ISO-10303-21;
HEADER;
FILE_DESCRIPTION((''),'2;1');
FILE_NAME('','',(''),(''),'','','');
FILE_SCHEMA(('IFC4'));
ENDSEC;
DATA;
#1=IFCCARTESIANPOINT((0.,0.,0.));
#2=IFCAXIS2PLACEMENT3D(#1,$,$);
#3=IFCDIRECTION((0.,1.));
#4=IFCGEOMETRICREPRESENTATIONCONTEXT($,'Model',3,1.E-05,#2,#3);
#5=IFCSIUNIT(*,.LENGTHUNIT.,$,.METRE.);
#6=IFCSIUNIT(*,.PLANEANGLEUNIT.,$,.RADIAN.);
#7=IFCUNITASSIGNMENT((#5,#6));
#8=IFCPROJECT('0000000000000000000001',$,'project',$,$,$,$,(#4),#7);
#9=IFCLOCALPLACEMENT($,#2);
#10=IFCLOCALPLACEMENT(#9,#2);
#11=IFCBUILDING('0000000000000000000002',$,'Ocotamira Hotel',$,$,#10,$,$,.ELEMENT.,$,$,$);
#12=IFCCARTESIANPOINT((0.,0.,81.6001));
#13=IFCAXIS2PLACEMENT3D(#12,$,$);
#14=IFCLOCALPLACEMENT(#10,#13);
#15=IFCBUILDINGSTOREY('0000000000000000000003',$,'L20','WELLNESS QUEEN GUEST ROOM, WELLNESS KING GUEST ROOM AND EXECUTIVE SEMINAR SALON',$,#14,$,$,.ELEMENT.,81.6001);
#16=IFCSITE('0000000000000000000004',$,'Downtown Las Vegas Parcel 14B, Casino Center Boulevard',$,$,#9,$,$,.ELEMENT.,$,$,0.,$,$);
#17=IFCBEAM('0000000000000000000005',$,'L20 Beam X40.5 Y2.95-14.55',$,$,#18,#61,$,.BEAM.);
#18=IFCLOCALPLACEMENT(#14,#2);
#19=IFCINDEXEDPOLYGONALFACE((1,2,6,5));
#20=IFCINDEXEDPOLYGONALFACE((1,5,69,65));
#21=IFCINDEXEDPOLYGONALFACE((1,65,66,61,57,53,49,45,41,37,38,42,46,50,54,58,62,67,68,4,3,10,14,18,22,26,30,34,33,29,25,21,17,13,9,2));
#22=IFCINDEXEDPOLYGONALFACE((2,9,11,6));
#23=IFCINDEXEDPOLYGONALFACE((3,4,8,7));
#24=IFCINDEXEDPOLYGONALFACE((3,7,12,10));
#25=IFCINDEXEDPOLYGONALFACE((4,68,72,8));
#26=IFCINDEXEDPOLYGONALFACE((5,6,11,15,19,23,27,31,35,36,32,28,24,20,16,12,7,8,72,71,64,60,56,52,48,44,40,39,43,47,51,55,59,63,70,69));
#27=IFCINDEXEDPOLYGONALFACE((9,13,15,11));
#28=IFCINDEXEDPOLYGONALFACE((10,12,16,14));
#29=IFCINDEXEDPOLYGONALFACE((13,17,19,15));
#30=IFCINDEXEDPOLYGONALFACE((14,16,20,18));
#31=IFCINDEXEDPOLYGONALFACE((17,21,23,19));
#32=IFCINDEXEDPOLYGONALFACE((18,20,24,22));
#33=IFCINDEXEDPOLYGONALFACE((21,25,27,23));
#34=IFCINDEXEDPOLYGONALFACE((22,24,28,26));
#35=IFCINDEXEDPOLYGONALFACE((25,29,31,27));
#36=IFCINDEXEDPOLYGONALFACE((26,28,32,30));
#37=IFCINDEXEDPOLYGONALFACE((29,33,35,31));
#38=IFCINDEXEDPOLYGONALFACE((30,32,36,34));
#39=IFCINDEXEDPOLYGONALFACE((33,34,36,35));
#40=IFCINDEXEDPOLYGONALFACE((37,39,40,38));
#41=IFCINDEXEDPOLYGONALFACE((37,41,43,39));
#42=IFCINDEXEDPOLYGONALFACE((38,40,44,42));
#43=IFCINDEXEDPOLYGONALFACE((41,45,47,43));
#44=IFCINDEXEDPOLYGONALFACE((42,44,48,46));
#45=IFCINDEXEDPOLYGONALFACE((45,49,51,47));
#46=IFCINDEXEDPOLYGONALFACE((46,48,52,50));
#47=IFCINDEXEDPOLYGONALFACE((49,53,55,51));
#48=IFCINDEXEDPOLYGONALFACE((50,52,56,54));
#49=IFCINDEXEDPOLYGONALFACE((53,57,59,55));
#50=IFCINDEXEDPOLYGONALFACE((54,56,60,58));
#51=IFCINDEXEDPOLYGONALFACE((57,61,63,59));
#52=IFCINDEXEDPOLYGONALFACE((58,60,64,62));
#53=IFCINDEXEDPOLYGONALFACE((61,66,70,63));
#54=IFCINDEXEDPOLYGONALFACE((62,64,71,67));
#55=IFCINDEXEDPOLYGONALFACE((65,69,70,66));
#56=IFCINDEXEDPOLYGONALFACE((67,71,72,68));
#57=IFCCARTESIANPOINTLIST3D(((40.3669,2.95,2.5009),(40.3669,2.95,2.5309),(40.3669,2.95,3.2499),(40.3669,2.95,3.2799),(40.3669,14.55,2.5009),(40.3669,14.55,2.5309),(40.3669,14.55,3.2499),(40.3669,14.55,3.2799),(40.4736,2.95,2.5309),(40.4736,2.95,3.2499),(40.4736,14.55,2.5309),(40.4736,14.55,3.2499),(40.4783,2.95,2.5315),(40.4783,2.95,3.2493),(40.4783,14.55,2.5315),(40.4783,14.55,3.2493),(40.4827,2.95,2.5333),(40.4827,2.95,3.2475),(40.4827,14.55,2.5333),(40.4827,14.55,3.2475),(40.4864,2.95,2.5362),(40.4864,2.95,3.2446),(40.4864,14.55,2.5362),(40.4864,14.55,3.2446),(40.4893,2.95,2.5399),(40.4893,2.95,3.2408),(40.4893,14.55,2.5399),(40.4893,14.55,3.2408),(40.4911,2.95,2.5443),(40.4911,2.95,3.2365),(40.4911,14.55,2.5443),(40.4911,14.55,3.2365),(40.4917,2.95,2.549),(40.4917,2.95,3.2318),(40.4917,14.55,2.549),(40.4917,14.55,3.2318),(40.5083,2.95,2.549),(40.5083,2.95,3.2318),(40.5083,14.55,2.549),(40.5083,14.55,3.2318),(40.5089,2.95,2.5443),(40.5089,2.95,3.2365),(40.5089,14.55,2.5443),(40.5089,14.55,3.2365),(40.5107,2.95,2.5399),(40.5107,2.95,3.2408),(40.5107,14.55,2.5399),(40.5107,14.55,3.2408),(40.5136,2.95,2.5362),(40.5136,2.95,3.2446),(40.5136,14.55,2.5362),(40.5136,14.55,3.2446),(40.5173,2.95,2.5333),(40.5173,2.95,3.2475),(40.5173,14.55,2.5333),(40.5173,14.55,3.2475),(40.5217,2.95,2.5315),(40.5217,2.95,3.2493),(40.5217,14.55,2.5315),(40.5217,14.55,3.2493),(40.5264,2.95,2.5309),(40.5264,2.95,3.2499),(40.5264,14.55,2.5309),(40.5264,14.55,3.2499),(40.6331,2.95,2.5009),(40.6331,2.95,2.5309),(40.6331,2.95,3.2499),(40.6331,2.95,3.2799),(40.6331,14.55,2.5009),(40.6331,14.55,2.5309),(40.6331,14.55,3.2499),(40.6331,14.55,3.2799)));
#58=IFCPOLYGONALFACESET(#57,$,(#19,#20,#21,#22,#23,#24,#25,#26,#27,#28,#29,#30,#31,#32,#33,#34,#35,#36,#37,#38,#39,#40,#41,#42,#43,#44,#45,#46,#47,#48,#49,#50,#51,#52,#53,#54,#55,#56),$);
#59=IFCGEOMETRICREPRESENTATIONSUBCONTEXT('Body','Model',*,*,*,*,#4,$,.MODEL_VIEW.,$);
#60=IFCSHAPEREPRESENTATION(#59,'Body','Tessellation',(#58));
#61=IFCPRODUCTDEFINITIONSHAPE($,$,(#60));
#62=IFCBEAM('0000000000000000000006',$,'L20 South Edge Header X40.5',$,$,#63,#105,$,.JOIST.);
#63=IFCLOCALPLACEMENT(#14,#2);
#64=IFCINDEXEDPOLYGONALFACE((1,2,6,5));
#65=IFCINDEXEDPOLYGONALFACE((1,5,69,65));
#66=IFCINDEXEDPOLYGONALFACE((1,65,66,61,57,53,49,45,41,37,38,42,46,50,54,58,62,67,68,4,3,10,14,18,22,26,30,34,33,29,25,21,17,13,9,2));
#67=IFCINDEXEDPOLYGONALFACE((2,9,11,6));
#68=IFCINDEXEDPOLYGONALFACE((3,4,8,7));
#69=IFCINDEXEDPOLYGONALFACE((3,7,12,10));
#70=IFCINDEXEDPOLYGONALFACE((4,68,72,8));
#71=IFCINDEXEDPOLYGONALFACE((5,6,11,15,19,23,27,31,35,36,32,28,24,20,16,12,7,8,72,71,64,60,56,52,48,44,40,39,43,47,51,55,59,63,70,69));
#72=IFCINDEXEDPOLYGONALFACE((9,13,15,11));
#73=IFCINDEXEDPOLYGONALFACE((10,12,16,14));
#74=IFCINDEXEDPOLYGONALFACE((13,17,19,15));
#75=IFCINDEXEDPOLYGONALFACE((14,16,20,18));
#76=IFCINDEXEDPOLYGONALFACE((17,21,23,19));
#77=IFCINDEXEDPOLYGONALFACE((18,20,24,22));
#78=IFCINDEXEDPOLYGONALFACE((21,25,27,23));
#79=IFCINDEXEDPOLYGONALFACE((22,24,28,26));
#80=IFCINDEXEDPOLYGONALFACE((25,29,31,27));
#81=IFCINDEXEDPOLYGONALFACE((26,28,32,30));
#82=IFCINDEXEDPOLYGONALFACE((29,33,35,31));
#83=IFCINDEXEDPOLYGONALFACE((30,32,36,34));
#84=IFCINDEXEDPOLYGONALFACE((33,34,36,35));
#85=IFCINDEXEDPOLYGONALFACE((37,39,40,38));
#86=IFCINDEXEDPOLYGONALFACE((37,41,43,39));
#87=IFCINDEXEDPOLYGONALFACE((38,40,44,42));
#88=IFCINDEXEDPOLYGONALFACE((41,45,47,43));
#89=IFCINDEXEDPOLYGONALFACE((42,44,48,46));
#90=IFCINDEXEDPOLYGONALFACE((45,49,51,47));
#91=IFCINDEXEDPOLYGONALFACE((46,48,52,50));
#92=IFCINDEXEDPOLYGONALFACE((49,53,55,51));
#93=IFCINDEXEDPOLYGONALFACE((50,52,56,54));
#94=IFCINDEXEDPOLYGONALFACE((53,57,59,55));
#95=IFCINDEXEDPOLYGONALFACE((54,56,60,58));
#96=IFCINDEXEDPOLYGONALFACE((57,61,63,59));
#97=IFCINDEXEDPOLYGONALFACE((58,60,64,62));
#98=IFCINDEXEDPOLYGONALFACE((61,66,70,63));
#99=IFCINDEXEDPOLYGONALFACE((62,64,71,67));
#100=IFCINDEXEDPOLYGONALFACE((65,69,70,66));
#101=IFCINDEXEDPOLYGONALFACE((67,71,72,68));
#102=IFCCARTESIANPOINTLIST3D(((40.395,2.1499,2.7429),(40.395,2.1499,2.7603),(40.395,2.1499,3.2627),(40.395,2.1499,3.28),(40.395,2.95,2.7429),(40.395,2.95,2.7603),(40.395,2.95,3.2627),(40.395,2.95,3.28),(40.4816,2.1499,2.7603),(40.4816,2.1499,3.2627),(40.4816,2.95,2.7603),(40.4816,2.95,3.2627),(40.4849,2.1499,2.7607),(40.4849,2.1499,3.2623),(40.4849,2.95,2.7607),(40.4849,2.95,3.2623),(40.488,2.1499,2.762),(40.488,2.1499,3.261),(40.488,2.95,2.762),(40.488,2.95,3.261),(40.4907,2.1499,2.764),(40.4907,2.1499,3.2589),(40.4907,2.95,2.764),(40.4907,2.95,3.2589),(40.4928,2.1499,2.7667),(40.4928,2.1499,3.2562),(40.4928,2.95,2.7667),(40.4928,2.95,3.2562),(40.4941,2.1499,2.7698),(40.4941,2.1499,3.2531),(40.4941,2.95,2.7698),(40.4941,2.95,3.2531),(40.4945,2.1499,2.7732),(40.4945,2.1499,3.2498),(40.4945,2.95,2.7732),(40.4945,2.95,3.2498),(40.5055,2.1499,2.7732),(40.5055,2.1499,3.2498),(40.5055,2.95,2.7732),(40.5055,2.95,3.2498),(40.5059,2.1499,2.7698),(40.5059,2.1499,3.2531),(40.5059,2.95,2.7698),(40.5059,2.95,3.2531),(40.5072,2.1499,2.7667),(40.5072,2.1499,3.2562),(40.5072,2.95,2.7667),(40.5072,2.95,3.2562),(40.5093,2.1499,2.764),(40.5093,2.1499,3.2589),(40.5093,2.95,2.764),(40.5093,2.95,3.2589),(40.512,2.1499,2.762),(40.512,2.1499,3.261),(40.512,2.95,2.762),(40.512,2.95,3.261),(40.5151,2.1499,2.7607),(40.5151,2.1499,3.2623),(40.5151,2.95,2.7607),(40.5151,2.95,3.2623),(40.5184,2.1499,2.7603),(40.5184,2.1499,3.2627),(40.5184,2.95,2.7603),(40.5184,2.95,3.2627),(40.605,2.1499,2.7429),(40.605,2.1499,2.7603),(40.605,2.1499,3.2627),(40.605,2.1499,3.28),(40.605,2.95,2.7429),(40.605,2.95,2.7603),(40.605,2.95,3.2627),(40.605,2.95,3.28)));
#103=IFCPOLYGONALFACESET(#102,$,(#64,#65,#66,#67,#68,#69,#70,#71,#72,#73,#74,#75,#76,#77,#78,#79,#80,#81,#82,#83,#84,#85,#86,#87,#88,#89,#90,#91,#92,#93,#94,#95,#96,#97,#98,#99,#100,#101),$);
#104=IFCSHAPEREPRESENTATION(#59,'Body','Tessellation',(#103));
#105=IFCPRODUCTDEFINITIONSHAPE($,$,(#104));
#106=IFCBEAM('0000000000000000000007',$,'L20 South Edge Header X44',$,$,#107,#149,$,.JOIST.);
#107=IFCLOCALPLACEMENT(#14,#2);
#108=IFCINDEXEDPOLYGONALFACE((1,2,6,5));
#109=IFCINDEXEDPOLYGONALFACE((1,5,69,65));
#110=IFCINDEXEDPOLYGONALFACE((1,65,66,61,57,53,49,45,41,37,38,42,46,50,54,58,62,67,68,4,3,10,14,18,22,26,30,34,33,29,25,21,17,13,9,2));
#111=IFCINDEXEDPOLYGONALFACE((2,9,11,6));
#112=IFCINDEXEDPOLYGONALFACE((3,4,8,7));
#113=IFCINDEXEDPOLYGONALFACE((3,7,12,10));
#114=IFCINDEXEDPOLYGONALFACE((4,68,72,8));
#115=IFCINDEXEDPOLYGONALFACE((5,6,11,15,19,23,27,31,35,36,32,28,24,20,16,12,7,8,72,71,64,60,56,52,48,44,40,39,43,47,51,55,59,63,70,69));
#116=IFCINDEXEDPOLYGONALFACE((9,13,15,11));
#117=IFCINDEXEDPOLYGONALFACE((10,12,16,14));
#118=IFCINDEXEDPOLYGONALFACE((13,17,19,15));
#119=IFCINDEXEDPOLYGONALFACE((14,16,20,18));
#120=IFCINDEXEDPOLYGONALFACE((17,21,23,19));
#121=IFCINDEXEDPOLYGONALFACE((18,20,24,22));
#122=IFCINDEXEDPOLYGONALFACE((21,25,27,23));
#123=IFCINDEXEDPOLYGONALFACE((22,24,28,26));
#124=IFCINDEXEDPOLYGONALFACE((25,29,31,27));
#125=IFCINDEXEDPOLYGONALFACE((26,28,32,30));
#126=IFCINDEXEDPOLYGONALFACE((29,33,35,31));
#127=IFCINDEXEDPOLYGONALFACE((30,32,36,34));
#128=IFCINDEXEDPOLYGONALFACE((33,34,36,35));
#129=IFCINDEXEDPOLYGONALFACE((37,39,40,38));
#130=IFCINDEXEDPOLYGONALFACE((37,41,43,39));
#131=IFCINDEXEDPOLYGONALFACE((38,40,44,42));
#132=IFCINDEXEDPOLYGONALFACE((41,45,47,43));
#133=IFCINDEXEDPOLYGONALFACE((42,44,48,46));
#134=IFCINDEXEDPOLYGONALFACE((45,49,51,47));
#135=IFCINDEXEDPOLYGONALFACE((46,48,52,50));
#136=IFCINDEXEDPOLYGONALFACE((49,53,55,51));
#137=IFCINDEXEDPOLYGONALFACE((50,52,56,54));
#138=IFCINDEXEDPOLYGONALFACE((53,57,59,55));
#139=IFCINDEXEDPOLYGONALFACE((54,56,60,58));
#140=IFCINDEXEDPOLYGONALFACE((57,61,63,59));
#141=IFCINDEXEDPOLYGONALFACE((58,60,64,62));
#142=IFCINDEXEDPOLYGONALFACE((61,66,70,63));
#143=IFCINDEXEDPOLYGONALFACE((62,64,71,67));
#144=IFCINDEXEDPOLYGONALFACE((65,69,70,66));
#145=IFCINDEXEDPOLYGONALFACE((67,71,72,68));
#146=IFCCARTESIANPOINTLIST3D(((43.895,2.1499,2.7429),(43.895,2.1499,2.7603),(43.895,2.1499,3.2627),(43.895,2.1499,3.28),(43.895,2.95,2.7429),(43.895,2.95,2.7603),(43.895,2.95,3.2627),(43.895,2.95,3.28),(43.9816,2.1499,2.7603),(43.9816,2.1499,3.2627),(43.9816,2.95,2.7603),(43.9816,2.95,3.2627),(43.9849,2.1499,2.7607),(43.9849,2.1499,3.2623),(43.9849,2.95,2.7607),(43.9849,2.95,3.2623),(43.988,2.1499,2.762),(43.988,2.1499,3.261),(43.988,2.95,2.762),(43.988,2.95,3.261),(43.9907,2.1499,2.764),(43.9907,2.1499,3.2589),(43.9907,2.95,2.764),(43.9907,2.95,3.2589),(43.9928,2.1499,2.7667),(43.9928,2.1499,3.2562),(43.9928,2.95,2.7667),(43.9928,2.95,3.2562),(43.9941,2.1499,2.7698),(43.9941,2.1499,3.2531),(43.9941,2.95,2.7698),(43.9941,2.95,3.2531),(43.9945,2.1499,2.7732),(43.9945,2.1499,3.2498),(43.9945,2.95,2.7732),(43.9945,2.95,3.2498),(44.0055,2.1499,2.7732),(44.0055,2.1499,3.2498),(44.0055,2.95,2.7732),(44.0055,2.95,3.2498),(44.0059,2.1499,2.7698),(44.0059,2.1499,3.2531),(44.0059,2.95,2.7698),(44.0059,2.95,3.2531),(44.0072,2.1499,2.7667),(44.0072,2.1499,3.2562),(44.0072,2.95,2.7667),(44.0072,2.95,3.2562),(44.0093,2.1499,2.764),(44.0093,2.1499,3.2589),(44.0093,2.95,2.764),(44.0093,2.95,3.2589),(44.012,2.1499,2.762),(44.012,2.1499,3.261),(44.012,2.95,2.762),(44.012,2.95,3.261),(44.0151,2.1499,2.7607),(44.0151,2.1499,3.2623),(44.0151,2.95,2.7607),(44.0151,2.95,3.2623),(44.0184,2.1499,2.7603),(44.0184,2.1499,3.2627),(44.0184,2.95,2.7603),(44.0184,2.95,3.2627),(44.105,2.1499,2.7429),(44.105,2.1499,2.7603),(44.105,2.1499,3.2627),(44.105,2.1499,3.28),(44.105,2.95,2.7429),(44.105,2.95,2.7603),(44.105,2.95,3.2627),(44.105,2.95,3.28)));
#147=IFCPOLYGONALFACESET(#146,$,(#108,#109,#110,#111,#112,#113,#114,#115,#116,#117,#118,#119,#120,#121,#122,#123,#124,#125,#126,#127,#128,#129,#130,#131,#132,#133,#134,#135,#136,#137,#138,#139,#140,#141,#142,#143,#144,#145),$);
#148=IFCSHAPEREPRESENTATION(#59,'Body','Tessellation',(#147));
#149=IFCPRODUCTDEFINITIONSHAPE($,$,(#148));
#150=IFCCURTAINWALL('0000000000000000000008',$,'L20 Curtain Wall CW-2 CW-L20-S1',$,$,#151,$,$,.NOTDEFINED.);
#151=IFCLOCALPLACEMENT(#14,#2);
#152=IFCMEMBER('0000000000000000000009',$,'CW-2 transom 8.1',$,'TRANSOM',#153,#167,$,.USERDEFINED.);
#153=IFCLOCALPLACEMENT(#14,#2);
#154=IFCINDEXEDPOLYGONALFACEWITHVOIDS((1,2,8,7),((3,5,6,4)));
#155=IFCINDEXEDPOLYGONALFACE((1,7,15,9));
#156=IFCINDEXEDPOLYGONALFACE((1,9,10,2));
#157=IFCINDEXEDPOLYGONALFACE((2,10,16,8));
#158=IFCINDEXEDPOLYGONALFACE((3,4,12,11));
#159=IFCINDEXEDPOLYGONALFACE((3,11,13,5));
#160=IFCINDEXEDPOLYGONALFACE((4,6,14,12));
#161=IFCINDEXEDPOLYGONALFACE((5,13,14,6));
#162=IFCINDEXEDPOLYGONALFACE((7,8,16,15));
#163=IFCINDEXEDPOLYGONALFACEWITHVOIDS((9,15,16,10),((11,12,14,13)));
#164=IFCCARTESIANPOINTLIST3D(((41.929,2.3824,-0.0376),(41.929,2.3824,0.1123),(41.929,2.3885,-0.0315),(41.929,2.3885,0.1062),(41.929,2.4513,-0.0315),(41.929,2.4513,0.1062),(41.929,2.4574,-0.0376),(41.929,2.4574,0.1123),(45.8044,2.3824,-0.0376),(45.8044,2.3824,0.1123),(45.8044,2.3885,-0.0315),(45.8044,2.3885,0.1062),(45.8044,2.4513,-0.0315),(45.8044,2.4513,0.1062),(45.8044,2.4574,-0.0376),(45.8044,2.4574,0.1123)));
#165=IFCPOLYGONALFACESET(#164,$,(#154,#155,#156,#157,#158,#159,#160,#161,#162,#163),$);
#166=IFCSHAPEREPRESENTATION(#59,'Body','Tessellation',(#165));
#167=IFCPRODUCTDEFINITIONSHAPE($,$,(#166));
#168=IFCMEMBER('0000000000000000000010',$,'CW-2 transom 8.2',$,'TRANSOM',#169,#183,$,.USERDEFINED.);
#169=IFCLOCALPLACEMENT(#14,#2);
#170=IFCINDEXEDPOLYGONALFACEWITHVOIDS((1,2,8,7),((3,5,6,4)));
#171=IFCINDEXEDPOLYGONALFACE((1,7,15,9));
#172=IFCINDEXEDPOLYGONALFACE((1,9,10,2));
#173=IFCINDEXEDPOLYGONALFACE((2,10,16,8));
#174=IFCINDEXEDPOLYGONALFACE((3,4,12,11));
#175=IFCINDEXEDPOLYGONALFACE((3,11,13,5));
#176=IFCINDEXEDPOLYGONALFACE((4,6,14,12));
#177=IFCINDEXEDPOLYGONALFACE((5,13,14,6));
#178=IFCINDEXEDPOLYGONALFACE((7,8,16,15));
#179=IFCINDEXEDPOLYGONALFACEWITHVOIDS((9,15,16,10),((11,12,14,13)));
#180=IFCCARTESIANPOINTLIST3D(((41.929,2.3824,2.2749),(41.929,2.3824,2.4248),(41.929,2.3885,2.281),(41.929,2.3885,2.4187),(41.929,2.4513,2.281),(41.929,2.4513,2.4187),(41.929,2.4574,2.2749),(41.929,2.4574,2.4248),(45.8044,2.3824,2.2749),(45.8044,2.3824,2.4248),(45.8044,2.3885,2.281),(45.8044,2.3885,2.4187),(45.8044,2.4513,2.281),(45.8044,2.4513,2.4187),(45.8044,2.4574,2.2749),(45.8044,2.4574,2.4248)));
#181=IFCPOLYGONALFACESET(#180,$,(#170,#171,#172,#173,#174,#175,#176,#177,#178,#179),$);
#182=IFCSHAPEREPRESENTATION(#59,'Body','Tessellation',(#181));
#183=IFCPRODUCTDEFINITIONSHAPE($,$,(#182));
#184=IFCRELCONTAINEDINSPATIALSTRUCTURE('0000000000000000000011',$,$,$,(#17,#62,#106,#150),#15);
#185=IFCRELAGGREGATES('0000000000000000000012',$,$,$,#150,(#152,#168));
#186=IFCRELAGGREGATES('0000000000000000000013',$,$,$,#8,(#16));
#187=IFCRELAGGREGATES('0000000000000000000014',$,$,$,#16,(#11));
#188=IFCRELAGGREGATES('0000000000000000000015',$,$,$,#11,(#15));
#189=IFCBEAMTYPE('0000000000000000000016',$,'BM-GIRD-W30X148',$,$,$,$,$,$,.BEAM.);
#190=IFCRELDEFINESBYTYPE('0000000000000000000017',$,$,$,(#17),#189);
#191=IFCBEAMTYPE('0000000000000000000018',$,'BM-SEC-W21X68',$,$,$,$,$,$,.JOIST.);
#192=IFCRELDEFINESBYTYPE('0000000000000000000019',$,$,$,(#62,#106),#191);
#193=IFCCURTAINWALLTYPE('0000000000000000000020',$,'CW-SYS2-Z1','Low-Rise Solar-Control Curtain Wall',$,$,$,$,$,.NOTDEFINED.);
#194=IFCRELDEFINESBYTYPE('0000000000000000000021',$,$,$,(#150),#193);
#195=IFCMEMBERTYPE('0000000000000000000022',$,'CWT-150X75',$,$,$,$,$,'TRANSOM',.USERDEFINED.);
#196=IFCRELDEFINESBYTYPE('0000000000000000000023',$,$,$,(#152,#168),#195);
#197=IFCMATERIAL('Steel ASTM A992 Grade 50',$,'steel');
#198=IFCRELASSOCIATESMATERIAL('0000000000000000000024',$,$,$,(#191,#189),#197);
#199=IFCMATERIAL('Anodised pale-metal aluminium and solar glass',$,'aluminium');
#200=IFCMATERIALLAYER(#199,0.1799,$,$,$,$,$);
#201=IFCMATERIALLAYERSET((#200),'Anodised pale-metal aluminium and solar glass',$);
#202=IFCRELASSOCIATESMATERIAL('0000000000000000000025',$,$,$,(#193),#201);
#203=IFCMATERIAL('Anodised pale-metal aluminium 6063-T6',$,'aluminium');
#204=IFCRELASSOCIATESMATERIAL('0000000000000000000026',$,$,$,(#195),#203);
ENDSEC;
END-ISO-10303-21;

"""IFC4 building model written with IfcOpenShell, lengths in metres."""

from ifc_helpers import new_model, si_unit, direction, frame, origin, origin_2d, place, context, subcontext, project, spatial, hollow_rectangle, i_section, extrude, source, transform, mapped, material, layer, layer_set, material_profile, profile_set, type_object, element, aggregate, save


model = new_model("IFC4")

# Units and contexts
model_context = context("Model", 3, precision=1e-05, world=origin(), true_north=direction((0.0, 1.0)))
body_context = subcontext(model_context, "Body", "Model", "MODEL_VIEW")
ifc_project = project(units=[si_unit("LENGTHUNIT", "METRE"), si_unit("PLANEANGLEUNIT", "RADIAN")], contexts=[model_context])

# Site, building, storey
site_placement = place(None, origin())
site = spatial("IfcSite", under=ifc_project, at=site_placement, Name="Downtown Las Vegas Parcel 14B, Casino Center Boulevard", CompositionType="ELEMENT", RefElevation=0.0)
building_placement = place(site_placement, origin())
building = spatial("IfcBuilding", under=site, at=building_placement, Name="Ocotamira Hotel", CompositionType="ELEMENT")
storey_placement = place(building_placement, frame((0.0, 0.0, 81.6001)))
storey = spatial("IfcBuildingStorey", under=building, at=storey_placement, Name="L20", Description="WELLNESS QUEEN GUEST ROOM, WELLNESS KING GUEST ROOM AND EXECUTIVE SEMINAR SALON", CompositionType="ELEMENT", Elevation=81.6001)

# Beams
ifc_material_1 = material(Name="Steel ASTM A992 Grade 50", Category="steel")
ifc_material_profile_1 = material_profile(ifc_material_1, i_section(OverallWidth=0.21, OverallDepth=0.5371, WebThickness=0.011, FlangeThickness=0.0173, FilletRadius=0.0129, at=origin_2d()), Name="W21X68")
ifc_profile_set_1 = profile_set([ifc_material_profile_1], Name="Steel ASTM A992 Grade 50")
beam_type_1 = type_object("IfcBeamType", Name="BM-SEC-W21X68", PredefinedType="JOIST", material=ifc_profile_set_1)
ifc_material_profile_2 = material_profile(ifc_material_1, i_section(OverallWidth=0.2661, OverallDepth=0.7791, WebThickness=0.0166, FlangeThickness=0.03, FilletRadius=0.0181, at=origin_2d()), Name="W30X148")
ifc_profile_set_2 = profile_set([ifc_material_profile_2], Name="Steel ASTM A992 Grade 50")
beam_type_2 = type_object("IfcBeamType", Name="BM-GIRD-W30X148", PredefinedType="BEAM", material=ifc_profile_set_2)
shared_shape_1 = source(origin(), body_context, "Body", "SweptSolid", [
    extrude(i_section(OverallWidth=0.2661, OverallDepth=0.7791, WebThickness=0.0166, FlangeThickness=0.03, FilletRadius=0.0181, at=origin_2d()), origin(), (0.0, 0.0, 1.0), 11.6001),
])
beam_1_placement = place(storey_placement, frame((40.5, 2.95, 2.8904), z_axis=(0.0, 1.0, 0.0), x_axis=(-1.0, 0.0, 0.0)))
element("IfcBeam", 1, at=beam_1_placement, inside=storey, type_object=beam_type_2, Name="L20 Beam X40.5 Y2.95-14.55", PredefinedType="BEAM", context=body_context, shape_type="MappedRepresentation", body=[
    mapped(shared_shape_1, transform((0.0, 0.0, 0.0), scale=1.0)),
])
shared_shape_2 = source(origin(), body_context, "Body", "SweptSolid", [
    extrude(i_section(OverallWidth=0.21, OverallDepth=0.5371, WebThickness=0.011, FlangeThickness=0.0173, FilletRadius=0.0129, at=origin_2d()), origin(), (0.0, 0.0, 1.0), 0.8),
])
for number, where, z_axis, x_axis, name in (
    (2, (40.5, 2.95, 3.0115), (0.0, -1.0, 0.0), (1.0, 0.0, 0.0), "L20 South Edge Header X40.5"),
    (3, (44.0, 2.95, 3.0115), (0.0, -1.0, 0.0), (1.0, 0.0, 0.0), "L20 South Edge Header X44"),
):
    element("IfcBeam", number, at=place(storey_placement, frame(where, z_axis=z_axis, x_axis=x_axis)), inside=storey, type_object=beam_type_1, Name=name, PredefinedType="JOIST", context=body_context, shape_type="MappedRepresentation", body=[
        mapped(shared_shape_2, transform((0.0, 0.0, 0.0), scale=1.0)),
    ])

# Curtain wall, members
ifc_material_2 = material(Name="Anodised pale-metal aluminium and solar glass", Category="aluminium")
ifc_layer_1 = layer(ifc_material_2, 0.1799)
ifc_layer_set_1 = layer_set([ifc_layer_1], Name="Anodised pale-metal aluminium and solar glass")
curtain_wall_type = type_object("IfcCurtainWallType", Name="CW-SYS2-Z1", Description="Low-Rise Solar-Control Curtain Wall", PredefinedType="NOTDEFINED", material=ifc_layer_set_1)
curtain_wall_placement = place(storey_placement, origin())
curtain_wall = element("IfcCurtainWall", 4, at=curtain_wall_placement, inside=storey, type_object=curtain_wall_type, Name="L20 Curtain Wall CW-2 CW-L20-S1", PredefinedType="NOTDEFINED")
ifc_material_3 = material(Name="Anodised pale-metal aluminium 6063-T6", Category="aluminium")
ifc_material_profile_3 = material_profile(ifc_material_3, hollow_rectangle(XDim=0.075, YDim=0.1499, WallThickness=0.0061, at=origin_2d()), Name="HSS150X75X6")
ifc_profile_set_3 = profile_set([ifc_material_profile_3], Name="Anodised pale-metal aluminium 6063-T6")
member_type_1 = type_object("IfcMemberType", Name="CWT-150X75", ElementType="TRANSOM", PredefinedType="USERDEFINED", material=ifc_profile_set_3)
shared_shape_3 = source(origin(), body_context, "Body", "SweptSolid", [
    extrude(hollow_rectangle(XDim=0.075, YDim=0.1499, WallThickness=0.0061, at=origin_2d()), origin(), (0.0, 0.0, 1.0), 3.8755),
])
member_1_placement = place(storey_placement, frame((41.929, 2.4199, 0.0374), z_axis=(1.0, 0.0, 0.0), x_axis=(0.0, 1.0, 0.0)))
member_1 = element("IfcMember", 5, at=member_1_placement, type_object=member_type_1, Name="CW-2 transom 8.1", ObjectType="TRANSOM", PredefinedType="USERDEFINED", context=body_context, shape_type="MappedRepresentation", body=[
    mapped(shared_shape_3, transform((0.0, 0.0, 0.0), scale=1.0)),
])
member_2_placement = place(storey_placement, frame((41.929, 2.4199, 2.3499), z_axis=(1.0, 0.0, 0.0), x_axis=(0.0, 1.0, 0.0)))
member_2 = element("IfcMember", 6, at=member_2_placement, type_object=member_type_1, Name="CW-2 transom 8.2", ObjectType="TRANSOM", PredefinedType="USERDEFINED", context=body_context, shape_type="MappedRepresentation", body=[
    mapped(shared_shape_3, transform((0.0, 0.0, 0.0), scale=1.0)),
])
aggregate(curtain_wall, [member_1, member_2])

save(model, "model.ifc")
